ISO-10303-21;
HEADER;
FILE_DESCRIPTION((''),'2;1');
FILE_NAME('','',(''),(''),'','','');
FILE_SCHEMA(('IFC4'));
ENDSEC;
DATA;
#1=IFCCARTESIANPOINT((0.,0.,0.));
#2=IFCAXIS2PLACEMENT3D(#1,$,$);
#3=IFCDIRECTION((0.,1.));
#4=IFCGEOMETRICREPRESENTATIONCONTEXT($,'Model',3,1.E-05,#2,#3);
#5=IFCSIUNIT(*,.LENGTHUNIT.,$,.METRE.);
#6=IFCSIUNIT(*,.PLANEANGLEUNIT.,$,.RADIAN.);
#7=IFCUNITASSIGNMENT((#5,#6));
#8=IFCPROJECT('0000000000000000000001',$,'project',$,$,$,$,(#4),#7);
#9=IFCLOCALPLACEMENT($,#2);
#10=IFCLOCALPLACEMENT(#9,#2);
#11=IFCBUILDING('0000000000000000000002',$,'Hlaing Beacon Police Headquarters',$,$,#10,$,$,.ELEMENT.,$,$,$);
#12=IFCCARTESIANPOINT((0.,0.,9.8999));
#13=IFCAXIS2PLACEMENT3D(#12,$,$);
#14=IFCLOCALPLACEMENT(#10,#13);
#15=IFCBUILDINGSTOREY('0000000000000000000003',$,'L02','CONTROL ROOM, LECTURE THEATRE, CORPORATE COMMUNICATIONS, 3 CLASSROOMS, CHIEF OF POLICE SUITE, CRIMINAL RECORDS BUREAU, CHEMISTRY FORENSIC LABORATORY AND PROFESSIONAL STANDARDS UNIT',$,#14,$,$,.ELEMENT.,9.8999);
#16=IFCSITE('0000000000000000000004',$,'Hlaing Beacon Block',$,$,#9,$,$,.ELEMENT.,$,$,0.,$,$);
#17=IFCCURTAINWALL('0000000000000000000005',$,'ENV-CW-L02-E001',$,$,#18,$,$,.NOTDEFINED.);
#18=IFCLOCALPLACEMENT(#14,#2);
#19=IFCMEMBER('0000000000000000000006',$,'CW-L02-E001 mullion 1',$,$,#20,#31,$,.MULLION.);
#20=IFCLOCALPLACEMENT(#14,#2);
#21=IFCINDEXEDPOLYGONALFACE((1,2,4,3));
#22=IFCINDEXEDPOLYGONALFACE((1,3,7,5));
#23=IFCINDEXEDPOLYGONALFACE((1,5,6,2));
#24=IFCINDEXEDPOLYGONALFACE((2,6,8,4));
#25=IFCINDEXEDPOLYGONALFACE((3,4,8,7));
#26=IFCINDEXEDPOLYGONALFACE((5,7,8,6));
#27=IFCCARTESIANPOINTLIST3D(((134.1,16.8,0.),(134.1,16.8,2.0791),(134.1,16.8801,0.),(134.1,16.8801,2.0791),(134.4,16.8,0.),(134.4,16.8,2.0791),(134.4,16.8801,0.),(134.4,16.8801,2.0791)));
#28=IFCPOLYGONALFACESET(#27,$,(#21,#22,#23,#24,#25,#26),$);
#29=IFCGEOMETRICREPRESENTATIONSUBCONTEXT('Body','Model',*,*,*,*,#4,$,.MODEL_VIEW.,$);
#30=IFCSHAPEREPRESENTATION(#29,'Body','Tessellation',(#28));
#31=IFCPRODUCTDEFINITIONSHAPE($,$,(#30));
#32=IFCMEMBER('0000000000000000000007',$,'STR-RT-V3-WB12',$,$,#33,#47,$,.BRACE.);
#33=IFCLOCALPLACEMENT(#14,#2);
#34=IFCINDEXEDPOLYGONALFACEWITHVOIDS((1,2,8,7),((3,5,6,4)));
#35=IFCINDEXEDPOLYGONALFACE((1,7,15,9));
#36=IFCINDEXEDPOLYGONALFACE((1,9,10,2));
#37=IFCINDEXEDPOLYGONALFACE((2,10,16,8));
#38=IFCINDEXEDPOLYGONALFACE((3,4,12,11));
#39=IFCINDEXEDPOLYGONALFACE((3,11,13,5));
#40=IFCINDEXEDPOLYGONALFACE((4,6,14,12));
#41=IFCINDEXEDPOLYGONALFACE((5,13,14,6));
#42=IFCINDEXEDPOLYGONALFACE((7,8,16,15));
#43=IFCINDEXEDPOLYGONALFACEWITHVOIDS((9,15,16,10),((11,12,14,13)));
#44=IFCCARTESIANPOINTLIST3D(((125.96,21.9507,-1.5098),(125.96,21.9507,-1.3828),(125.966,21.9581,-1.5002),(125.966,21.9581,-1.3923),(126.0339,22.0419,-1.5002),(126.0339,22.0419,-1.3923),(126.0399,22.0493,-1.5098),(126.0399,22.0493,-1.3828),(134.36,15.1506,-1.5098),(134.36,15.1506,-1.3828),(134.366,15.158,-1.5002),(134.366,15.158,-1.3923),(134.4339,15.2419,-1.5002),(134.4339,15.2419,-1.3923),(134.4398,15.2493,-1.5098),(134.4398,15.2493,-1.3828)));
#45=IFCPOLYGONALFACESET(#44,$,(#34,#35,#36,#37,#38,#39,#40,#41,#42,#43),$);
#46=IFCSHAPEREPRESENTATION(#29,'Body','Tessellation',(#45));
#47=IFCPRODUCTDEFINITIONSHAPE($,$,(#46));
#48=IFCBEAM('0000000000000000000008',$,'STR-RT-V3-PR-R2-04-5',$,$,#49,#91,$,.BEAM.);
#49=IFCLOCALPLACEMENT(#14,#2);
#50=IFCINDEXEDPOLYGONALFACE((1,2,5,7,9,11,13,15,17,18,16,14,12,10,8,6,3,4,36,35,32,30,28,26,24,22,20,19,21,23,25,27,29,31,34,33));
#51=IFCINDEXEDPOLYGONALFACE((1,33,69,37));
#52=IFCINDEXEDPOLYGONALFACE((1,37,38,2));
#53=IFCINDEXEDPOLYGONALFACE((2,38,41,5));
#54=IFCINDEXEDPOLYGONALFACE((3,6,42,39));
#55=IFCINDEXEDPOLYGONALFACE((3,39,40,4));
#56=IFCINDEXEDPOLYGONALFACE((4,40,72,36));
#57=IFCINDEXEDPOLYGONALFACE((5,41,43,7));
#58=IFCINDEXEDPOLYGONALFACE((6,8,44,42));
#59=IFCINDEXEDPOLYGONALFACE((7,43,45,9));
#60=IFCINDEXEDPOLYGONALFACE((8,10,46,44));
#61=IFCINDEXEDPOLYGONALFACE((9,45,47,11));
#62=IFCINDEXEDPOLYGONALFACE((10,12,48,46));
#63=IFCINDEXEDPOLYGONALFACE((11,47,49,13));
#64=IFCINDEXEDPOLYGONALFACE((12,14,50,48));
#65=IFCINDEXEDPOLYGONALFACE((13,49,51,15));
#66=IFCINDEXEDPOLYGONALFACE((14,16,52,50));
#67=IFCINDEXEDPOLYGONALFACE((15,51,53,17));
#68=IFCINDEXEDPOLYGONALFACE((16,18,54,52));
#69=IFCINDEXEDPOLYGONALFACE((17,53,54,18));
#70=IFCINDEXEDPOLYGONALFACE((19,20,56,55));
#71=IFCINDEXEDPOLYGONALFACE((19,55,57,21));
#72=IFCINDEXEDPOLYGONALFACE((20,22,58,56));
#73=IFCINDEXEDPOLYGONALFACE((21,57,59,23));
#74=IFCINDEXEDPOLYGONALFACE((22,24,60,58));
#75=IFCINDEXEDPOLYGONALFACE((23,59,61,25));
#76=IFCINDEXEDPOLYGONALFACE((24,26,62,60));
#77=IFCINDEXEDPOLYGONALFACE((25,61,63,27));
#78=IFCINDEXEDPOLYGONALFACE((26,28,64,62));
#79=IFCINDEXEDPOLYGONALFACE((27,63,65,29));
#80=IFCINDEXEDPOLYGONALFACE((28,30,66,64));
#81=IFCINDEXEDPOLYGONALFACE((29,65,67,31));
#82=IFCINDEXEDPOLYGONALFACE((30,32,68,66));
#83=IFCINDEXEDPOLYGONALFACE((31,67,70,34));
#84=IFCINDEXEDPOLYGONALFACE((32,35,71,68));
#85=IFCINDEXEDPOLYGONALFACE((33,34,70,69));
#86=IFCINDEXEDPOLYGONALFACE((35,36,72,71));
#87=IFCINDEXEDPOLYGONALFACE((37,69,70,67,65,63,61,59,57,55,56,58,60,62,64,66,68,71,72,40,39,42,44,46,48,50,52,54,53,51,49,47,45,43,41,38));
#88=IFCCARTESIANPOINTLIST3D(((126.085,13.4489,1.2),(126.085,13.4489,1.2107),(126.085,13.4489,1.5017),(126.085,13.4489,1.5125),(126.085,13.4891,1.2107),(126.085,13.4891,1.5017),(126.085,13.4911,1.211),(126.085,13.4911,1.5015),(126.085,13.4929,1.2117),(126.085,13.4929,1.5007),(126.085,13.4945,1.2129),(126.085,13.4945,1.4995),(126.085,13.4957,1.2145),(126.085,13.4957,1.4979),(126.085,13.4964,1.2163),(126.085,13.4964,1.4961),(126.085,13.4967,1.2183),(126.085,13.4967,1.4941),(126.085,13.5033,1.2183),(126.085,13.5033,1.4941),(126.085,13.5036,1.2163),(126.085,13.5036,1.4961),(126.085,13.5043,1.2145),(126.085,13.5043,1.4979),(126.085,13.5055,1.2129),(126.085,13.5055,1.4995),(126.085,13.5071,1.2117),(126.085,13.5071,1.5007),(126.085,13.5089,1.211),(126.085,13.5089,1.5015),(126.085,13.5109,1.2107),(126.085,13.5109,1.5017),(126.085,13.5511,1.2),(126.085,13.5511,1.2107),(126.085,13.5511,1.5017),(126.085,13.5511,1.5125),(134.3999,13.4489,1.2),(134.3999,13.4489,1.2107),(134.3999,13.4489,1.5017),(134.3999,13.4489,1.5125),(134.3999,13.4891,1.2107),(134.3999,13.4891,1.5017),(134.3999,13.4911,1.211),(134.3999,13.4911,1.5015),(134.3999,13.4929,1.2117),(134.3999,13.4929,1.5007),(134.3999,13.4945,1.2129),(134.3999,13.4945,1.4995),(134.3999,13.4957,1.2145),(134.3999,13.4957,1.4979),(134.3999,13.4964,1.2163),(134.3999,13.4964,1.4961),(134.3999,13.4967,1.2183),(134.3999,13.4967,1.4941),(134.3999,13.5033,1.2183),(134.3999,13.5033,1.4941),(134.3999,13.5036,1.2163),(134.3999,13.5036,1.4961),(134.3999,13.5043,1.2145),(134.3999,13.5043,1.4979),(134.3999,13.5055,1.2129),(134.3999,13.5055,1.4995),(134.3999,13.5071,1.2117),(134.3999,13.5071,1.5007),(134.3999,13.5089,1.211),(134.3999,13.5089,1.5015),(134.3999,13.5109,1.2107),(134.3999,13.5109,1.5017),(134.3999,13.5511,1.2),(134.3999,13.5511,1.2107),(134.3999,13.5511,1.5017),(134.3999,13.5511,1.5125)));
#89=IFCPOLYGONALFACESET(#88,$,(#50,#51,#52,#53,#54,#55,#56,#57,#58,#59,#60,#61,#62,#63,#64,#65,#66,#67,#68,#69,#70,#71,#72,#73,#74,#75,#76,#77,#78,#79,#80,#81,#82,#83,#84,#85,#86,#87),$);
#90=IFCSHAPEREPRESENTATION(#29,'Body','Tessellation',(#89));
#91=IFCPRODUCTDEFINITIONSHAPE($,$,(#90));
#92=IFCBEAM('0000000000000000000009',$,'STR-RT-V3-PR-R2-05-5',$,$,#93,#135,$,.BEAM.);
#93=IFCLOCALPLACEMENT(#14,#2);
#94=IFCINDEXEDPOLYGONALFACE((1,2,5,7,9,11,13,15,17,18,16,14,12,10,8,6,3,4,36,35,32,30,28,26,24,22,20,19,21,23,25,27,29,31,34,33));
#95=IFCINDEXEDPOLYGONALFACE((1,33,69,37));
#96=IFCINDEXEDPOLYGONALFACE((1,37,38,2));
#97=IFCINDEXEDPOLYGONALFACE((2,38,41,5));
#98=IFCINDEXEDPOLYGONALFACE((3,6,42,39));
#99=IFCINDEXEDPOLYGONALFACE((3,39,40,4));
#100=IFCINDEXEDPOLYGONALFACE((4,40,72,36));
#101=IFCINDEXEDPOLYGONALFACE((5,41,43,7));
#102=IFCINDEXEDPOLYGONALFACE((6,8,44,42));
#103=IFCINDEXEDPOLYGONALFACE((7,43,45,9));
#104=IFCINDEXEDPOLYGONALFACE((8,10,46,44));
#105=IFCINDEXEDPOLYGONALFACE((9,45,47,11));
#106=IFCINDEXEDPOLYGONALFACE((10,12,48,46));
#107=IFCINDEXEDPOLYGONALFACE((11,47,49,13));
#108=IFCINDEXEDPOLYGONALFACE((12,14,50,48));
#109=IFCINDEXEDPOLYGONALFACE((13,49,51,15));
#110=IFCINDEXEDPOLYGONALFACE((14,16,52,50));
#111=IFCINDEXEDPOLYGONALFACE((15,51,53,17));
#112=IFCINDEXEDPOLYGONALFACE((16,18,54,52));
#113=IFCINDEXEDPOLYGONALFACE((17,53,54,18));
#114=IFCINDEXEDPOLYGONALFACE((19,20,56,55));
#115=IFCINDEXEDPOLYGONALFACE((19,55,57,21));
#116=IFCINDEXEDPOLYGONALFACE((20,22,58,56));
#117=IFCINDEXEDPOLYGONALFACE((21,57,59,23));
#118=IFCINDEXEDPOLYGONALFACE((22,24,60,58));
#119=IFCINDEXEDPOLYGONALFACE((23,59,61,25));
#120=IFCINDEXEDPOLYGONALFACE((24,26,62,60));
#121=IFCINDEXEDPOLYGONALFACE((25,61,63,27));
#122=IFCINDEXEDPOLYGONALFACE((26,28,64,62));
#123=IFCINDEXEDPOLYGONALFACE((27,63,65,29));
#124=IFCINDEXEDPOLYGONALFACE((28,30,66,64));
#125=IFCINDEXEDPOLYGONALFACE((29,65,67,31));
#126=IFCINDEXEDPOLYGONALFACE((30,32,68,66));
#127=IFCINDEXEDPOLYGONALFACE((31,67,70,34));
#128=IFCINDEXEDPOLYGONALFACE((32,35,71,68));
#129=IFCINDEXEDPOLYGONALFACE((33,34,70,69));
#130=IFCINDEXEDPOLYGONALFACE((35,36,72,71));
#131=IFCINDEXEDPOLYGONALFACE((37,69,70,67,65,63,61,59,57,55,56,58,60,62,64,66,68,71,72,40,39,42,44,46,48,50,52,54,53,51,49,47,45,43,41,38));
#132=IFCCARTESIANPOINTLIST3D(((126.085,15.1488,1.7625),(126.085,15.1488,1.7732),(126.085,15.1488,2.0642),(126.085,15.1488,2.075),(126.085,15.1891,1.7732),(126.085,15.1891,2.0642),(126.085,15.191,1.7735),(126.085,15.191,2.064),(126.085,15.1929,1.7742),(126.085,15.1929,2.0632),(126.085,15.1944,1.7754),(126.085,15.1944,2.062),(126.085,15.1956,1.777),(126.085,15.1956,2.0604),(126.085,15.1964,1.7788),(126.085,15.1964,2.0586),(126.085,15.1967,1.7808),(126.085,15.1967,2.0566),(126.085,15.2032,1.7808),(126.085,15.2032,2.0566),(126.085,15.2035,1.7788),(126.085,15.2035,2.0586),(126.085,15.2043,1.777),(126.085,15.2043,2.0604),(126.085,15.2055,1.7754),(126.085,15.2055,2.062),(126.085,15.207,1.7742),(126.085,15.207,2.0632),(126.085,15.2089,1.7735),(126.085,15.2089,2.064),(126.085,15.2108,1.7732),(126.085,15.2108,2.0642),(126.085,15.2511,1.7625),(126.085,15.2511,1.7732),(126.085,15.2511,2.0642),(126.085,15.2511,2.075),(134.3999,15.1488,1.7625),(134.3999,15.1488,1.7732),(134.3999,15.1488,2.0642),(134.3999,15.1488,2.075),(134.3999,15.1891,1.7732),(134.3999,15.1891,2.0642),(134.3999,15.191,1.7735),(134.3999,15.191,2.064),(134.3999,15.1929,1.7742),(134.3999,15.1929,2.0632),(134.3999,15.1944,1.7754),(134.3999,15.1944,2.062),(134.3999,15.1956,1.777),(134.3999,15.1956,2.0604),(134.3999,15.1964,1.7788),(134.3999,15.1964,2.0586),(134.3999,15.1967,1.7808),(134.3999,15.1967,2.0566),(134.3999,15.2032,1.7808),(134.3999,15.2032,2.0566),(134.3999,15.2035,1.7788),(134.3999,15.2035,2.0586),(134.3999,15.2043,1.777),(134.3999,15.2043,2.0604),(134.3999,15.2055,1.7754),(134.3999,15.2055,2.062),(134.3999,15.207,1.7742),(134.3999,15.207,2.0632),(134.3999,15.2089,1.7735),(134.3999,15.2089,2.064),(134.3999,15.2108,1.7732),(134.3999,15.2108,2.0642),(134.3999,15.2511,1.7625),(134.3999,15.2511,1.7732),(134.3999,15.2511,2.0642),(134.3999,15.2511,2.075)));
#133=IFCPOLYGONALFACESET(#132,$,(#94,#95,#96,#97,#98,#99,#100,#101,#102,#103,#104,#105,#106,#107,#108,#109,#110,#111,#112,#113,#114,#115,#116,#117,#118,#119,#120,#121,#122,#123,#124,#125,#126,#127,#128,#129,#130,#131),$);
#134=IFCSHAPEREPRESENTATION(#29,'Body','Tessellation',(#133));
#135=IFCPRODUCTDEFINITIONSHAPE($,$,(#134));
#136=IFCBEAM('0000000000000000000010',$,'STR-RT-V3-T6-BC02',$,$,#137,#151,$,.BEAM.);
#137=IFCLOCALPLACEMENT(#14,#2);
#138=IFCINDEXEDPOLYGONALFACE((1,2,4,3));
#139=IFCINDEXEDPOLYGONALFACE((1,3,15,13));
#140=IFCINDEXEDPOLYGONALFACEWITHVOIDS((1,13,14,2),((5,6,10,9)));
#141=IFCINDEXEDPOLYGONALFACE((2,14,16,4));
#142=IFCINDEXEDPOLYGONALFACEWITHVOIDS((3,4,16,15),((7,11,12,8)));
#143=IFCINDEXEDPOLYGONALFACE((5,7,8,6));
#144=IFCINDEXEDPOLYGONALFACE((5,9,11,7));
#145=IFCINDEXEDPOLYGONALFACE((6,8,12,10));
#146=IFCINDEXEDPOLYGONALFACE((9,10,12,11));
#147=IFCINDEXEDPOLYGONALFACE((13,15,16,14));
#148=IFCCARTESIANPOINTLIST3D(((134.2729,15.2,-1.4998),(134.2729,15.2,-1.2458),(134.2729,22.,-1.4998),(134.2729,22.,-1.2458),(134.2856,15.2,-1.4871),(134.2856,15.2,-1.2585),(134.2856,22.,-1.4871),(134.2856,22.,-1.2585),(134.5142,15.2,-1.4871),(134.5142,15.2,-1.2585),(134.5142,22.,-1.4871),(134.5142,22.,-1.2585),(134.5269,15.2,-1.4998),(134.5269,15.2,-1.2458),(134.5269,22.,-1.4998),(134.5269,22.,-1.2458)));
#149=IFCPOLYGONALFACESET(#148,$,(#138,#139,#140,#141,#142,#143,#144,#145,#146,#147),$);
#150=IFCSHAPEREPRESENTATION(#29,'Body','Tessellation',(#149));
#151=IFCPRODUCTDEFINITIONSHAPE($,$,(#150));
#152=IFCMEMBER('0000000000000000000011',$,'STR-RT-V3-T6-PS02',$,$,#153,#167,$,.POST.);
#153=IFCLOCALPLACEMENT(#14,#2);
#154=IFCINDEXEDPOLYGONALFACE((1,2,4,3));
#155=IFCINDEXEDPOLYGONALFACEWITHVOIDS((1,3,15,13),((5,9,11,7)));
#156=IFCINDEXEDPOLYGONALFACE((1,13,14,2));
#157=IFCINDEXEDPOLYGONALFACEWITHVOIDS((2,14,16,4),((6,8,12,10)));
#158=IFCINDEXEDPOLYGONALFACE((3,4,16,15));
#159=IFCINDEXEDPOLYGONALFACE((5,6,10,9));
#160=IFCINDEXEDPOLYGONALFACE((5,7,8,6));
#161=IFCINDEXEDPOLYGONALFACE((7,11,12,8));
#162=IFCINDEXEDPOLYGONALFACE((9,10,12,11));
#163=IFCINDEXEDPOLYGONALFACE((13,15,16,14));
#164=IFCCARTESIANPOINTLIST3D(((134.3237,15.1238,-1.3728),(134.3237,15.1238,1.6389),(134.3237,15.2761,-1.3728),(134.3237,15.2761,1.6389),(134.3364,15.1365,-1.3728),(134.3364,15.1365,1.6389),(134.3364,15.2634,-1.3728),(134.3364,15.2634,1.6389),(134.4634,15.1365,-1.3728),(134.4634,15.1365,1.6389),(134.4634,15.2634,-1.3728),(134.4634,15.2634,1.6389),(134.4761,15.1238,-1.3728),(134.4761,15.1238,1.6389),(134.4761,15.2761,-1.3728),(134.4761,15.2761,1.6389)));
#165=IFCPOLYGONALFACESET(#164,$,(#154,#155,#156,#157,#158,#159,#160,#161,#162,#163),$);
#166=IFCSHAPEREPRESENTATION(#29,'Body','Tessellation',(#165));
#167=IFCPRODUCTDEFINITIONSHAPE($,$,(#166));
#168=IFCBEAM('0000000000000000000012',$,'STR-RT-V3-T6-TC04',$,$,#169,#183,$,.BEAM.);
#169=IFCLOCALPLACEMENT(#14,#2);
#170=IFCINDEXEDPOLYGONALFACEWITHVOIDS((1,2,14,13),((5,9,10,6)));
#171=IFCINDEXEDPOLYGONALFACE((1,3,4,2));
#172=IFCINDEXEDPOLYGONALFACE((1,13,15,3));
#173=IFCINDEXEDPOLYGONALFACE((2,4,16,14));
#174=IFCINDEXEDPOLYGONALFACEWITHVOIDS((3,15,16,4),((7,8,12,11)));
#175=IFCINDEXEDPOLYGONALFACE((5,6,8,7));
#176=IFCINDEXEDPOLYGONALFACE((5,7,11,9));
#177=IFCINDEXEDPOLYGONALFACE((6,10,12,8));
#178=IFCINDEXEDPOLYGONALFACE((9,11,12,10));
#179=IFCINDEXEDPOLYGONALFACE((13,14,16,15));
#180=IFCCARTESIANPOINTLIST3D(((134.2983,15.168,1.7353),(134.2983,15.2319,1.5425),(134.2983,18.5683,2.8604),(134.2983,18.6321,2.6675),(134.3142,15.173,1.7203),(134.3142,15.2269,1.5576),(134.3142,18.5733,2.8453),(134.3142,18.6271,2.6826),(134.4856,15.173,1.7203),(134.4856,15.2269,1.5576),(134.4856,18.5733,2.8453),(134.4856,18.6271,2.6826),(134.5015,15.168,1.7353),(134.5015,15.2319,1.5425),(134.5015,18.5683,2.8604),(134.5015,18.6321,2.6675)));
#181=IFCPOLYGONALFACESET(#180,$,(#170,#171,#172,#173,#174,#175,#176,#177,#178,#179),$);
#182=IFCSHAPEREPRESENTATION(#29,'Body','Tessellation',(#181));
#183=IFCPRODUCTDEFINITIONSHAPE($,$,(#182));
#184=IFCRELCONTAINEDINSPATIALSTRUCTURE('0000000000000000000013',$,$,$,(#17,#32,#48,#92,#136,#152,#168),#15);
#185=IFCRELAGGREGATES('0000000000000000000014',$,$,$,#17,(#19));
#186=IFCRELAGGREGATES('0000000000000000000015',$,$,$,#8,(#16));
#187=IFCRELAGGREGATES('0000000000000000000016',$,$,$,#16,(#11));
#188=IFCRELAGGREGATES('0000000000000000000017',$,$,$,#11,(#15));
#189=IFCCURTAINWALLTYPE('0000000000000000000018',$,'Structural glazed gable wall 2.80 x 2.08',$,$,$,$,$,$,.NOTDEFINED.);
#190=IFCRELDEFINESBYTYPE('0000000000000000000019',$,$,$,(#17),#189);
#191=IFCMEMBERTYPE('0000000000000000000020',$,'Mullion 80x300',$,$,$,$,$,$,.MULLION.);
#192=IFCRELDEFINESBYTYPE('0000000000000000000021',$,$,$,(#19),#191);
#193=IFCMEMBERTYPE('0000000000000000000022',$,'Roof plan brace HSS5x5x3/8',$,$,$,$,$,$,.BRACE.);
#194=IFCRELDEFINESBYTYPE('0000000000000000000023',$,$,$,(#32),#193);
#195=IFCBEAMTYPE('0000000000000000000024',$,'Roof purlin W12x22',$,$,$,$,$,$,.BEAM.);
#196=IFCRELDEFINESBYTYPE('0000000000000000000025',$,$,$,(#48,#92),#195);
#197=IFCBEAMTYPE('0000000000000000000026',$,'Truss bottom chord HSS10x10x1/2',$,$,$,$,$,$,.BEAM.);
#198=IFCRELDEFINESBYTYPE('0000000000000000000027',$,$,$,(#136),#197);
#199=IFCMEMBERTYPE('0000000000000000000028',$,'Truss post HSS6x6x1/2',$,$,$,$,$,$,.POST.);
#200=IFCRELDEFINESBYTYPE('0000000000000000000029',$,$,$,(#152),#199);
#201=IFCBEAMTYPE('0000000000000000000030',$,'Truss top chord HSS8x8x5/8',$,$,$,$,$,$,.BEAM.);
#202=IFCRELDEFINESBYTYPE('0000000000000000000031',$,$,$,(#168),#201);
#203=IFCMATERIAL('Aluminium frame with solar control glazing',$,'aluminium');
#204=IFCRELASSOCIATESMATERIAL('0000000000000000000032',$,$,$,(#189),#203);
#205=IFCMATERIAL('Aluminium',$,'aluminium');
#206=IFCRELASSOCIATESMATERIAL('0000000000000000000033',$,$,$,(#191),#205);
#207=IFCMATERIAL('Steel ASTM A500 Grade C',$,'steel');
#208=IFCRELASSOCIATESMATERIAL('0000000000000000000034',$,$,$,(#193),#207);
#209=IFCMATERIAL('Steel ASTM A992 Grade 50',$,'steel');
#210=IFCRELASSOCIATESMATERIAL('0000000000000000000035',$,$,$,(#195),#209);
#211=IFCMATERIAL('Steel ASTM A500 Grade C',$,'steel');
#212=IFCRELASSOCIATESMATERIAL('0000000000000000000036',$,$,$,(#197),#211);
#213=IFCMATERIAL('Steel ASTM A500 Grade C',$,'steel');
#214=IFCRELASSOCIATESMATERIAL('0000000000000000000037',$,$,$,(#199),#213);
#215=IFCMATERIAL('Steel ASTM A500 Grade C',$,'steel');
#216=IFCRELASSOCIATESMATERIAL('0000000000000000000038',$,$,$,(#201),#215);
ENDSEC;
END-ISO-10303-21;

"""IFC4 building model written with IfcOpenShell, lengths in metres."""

from ifc_helpers import new_model, si_unit, direction, frame, origin, origin_2d, place, context, subcontext, project, spatial, rectangle, hollow_rectangle, i_section, extrude, material, material_profile, profile_set, type_object, element, aggregate, save


model = new_model("IFC4")

# Units and contexts
model_context = context("Model", 3, precision=1e-05, world=origin(), true_north=direction((0.0, 1.0)))
body_context = subcontext(model_context, "Body", "Model", "MODEL_VIEW")
ifc_project = project(units=[si_unit("LENGTHUNIT", "METRE"), si_unit("PLANEANGLEUNIT", "RADIAN")], contexts=[model_context])

# Site, building, storey
site_placement = place(None, origin())
site = spatial("IfcSite", under=ifc_project, at=site_placement, Name="Hlaing Beacon Block", CompositionType="ELEMENT", RefElevation=0.0)
building_placement = place(site_placement, origin())
building = spatial("IfcBuilding", under=site, at=building_placement, Name="Hlaing Beacon Police Headquarters", CompositionType="ELEMENT")
storey_placement = place(building_placement, frame((0.0, 0.0, 9.8999)))
storey = spatial("IfcBuildingStorey", under=building, at=storey_placement, Name="L02", Description="CONTROL ROOM, LECTURE THEATRE, CORPORATE COMMUNICATIONS, 3 CLASSROOMS, CHIEF OF POLICE SUITE, CRIMINAL RECORDS BUREAU, CHEMISTRY FORENSIC LABORATORY AND PROFESSIONAL STANDARDS UNIT", CompositionType="ELEMENT", Elevation=9.8999)

# Curtain wall, member
ifc_material_1 = material(Name="Aluminium frame with solar control glazing", Category="aluminium")
curtain_wall_type = type_object("IfcCurtainWallType", Name="Structural glazed gable wall 2.80 x 2.08", PredefinedType="NOTDEFINED", material=ifc_material_1)
curtain_wall_placement = place(storey_placement, origin())
curtain_wall = element("IfcCurtainWall", 1, at=curtain_wall_placement, inside=storey, type_object=curtain_wall_type, Name="ENV-CW-L02-E001", PredefinedType="NOTDEFINED")
ifc_material_2 = material(Name="Aluminium", Category="aluminium")
ifc_material_profile_1 = material_profile(ifc_material_2, rectangle(XDim=0.3, YDim=0.0801, at=origin_2d()), Name="Mullion 80x300")
ifc_profile_set_1 = profile_set([ifc_material_profile_1], Name="Aluminium")
member_type_1 = type_object("IfcMemberType", Name="Mullion 80x300", PredefinedType="MULLION", material=ifc_profile_set_1)
member_1_placement = place(storey_placement, frame((134.25, 16.8401, 0.0), z_axis=(0.0, 0.0, 1.0), x_axis=(-1.0, 0.0, 0.0)))
member_1 = element("IfcMember", 2, at=member_1_placement, type_object=member_type_1, Name="CW-L02-E001 mullion 1", PredefinedType="MULLION", context=body_context, shape_type="SweptSolid", body=[
    extrude(rectangle(XDim=0.3, YDim=0.0801, at=origin_2d()), origin(), (0.0, 0.0, 1.0), 2.0791),
])
aggregate(curtain_wall, [member_1])

# Member
ifc_material_3 = material(Name="Steel ASTM A500 Grade C", Category="steel")
ifc_material_profile_2 = material_profile(ifc_material_3, hollow_rectangle(XDim=0.127, YDim=0.127, WallThickness=0.0095, at=origin_2d()), Name="HSS5x5x3/8")
ifc_profile_set_2 = profile_set([ifc_material_profile_2], Name="Steel ASTM A500 Grade C")
member_type_2 = type_object("IfcMemberType", Name="Roof plan brace HSS5x5x3/8", PredefinedType="BRACE", material=ifc_profile_set_2)
member_2_placement = place(storey_placement, frame((134.3999, 15.2, -1.4463), z_axis=(-0.777239, 0.629205, 0.0), x_axis=(-0.629205, -0.777239, 0.0)))
element("IfcMember", 3, at=member_2_placement, inside=storey, type_object=member_type_2, Name="STR-RT-V3-WB12", PredefinedType="BRACE", context=body_context, shape_type="SweptSolid", body=[
    extrude(hollow_rectangle(XDim=0.127, YDim=0.127, WallThickness=0.0095, at=origin_2d()), origin(), (0.0, 0.0, 1.0), 10.8074),
])

# Beams
ifc_material_4 = material(Name="Steel ASTM A992 Grade 50", Category="steel")
ifc_material_profile_3 = material_profile(ifc_material_4, i_section(OverallWidth=0.1023, OverallDepth=0.3125, WebThickness=0.0066, FlangeThickness=0.0107, FilletRadius=0.0076, at=origin_2d()), Name="W12x22")
ifc_profile_set_3 = profile_set([ifc_material_profile_3], Name="Steel ASTM A992 Grade 50")
beam_type_1 = type_object("IfcBeamType", Name="Roof purlin W12x22", PredefinedType="BEAM", material=ifc_profile_set_3)
for number, where, z_axis, x_axis, name in (
    (4, (126.085, 13.5, 1.3562), (1.0, 0.0, 0.0), (0.0, 1.0, 0.0), "STR-RT-V3-PR-R2-04-5"),
    (5, (126.085, 15.2, 1.9187), (1.0, 0.0, 0.0), (0.0, 1.0, 0.0), "STR-RT-V3-PR-R2-05-5"),
):
    element("IfcBeam", number, at=place(storey_placement, frame(where, z_axis=z_axis, x_axis=x_axis)), inside=storey, type_object=beam_type_1, Name=name, PredefinedType="BEAM", context=body_context, shape_type="SweptSolid", body=[
        extrude(i_section(OverallWidth=0.1023, OverallDepth=0.3125, WebThickness=0.0066, FlangeThickness=0.0107, FilletRadius=0.0076, at=origin_2d()), origin(), (0.0, 0.0, 1.0), 8.3149),
    ])
ifc_material_5 = material(Name="Steel ASTM A500 Grade C", Category="steel")
ifc_material_profile_4 = material_profile(ifc_material_5, hollow_rectangle(XDim=0.2539, YDim=0.2539, WallThickness=0.0127, at=origin_2d()), Name="HSS10x10x1/2")
ifc_profile_set_4 = profile_set([ifc_material_profile_4], Name="Steel ASTM A500 Grade C")
beam_type_2 = type_object("IfcBeamType", Name="Truss bottom chord HSS10x10x1/2", PredefinedType="BEAM", material=ifc_profile_set_4)
beam_1_placement = place(storey_placement, frame((134.3999, 15.2, -1.3728), z_axis=(0.0, 1.0, 0.0), x_axis=(-1.0, 0.0, 0.0)))
element("IfcBeam", 6, at=beam_1_placement, inside=storey, type_object=beam_type_2, Name="STR-RT-V3-T6-BC02", PredefinedType="BEAM", context=body_context, shape_type="SweptSolid", body=[
    extrude(hollow_rectangle(XDim=0.2539, YDim=0.2539, WallThickness=0.0127, at=origin_2d()), origin(), (0.0, 0.0, 1.0), 6.8),
])

# Member
ifc_material_6 = material(Name="Steel ASTM A500 Grade C", Category="steel")
ifc_material_profile_5 = material_profile(ifc_material_6, hollow_rectangle(XDim=0.1523, YDim=0.1523, WallThickness=0.0127, at=origin_2d()), Name="HSS6x6x1/2")
ifc_profile_set_5 = profile_set([ifc_material_profile_5], Name="Steel ASTM A500 Grade C")
member_type_3 = type_object("IfcMemberType", Name="Truss post HSS6x6x1/2", PredefinedType="POST", material=ifc_profile_set_5)
member_3_placement = place(storey_placement, frame((134.3999, 15.2, -1.3728), z_axis=(0.0, 0.0, 1.0), x_axis=(1.0, 0.0, 0.0)))
element("IfcMember", 7, at=member_3_placement, inside=storey, type_object=member_type_3, Name="STR-RT-V3-T6-PS02", PredefinedType="POST", context=body_context, shape_type="SweptSolid", body=[
    extrude(hollow_rectangle(XDim=0.1523, YDim=0.1523, WallThickness=0.0127, at=origin_2d()), origin(), (0.0, 0.0, 1.0), 3.0117),
])

# Beam
ifc_material_7 = material(Name="Steel ASTM A500 Grade C", Category="steel")
ifc_material_profile_6 = material_profile(ifc_material_7, hollow_rectangle(XDim=0.2031, YDim=0.2031, WallThickness=0.0159, at=origin_2d()), Name="HSS8x8x5/8")
ifc_profile_set_6 = profile_set([ifc_material_profile_6], Name="Steel ASTM A500 Grade C")
beam_type_3 = type_object("IfcBeamType", Name="Truss top chord HSS8x8x5/8", PredefinedType="BEAM", material=ifc_profile_set_6)
beam_2_placement = place(storey_placement, frame((134.3999, 15.2, 1.6389), z_axis=(0.0, 0.949383, 0.314121), x_axis=(-1.0, 0.0, 0.0)))
element("IfcBeam", 8, at=beam_2_placement, inside=storey, type_object=beam_type_3, Name="STR-RT-V3-T6-TC04", PredefinedType="BEAM", context=body_context, shape_type="SweptSolid", body=[
    extrude(hollow_rectangle(XDim=0.2031, YDim=0.2031, WallThickness=0.0159, at=origin_2d()), origin(), (0.0, 0.0, 1.0), 3.5815),
])

save(model, "model.ifc")
